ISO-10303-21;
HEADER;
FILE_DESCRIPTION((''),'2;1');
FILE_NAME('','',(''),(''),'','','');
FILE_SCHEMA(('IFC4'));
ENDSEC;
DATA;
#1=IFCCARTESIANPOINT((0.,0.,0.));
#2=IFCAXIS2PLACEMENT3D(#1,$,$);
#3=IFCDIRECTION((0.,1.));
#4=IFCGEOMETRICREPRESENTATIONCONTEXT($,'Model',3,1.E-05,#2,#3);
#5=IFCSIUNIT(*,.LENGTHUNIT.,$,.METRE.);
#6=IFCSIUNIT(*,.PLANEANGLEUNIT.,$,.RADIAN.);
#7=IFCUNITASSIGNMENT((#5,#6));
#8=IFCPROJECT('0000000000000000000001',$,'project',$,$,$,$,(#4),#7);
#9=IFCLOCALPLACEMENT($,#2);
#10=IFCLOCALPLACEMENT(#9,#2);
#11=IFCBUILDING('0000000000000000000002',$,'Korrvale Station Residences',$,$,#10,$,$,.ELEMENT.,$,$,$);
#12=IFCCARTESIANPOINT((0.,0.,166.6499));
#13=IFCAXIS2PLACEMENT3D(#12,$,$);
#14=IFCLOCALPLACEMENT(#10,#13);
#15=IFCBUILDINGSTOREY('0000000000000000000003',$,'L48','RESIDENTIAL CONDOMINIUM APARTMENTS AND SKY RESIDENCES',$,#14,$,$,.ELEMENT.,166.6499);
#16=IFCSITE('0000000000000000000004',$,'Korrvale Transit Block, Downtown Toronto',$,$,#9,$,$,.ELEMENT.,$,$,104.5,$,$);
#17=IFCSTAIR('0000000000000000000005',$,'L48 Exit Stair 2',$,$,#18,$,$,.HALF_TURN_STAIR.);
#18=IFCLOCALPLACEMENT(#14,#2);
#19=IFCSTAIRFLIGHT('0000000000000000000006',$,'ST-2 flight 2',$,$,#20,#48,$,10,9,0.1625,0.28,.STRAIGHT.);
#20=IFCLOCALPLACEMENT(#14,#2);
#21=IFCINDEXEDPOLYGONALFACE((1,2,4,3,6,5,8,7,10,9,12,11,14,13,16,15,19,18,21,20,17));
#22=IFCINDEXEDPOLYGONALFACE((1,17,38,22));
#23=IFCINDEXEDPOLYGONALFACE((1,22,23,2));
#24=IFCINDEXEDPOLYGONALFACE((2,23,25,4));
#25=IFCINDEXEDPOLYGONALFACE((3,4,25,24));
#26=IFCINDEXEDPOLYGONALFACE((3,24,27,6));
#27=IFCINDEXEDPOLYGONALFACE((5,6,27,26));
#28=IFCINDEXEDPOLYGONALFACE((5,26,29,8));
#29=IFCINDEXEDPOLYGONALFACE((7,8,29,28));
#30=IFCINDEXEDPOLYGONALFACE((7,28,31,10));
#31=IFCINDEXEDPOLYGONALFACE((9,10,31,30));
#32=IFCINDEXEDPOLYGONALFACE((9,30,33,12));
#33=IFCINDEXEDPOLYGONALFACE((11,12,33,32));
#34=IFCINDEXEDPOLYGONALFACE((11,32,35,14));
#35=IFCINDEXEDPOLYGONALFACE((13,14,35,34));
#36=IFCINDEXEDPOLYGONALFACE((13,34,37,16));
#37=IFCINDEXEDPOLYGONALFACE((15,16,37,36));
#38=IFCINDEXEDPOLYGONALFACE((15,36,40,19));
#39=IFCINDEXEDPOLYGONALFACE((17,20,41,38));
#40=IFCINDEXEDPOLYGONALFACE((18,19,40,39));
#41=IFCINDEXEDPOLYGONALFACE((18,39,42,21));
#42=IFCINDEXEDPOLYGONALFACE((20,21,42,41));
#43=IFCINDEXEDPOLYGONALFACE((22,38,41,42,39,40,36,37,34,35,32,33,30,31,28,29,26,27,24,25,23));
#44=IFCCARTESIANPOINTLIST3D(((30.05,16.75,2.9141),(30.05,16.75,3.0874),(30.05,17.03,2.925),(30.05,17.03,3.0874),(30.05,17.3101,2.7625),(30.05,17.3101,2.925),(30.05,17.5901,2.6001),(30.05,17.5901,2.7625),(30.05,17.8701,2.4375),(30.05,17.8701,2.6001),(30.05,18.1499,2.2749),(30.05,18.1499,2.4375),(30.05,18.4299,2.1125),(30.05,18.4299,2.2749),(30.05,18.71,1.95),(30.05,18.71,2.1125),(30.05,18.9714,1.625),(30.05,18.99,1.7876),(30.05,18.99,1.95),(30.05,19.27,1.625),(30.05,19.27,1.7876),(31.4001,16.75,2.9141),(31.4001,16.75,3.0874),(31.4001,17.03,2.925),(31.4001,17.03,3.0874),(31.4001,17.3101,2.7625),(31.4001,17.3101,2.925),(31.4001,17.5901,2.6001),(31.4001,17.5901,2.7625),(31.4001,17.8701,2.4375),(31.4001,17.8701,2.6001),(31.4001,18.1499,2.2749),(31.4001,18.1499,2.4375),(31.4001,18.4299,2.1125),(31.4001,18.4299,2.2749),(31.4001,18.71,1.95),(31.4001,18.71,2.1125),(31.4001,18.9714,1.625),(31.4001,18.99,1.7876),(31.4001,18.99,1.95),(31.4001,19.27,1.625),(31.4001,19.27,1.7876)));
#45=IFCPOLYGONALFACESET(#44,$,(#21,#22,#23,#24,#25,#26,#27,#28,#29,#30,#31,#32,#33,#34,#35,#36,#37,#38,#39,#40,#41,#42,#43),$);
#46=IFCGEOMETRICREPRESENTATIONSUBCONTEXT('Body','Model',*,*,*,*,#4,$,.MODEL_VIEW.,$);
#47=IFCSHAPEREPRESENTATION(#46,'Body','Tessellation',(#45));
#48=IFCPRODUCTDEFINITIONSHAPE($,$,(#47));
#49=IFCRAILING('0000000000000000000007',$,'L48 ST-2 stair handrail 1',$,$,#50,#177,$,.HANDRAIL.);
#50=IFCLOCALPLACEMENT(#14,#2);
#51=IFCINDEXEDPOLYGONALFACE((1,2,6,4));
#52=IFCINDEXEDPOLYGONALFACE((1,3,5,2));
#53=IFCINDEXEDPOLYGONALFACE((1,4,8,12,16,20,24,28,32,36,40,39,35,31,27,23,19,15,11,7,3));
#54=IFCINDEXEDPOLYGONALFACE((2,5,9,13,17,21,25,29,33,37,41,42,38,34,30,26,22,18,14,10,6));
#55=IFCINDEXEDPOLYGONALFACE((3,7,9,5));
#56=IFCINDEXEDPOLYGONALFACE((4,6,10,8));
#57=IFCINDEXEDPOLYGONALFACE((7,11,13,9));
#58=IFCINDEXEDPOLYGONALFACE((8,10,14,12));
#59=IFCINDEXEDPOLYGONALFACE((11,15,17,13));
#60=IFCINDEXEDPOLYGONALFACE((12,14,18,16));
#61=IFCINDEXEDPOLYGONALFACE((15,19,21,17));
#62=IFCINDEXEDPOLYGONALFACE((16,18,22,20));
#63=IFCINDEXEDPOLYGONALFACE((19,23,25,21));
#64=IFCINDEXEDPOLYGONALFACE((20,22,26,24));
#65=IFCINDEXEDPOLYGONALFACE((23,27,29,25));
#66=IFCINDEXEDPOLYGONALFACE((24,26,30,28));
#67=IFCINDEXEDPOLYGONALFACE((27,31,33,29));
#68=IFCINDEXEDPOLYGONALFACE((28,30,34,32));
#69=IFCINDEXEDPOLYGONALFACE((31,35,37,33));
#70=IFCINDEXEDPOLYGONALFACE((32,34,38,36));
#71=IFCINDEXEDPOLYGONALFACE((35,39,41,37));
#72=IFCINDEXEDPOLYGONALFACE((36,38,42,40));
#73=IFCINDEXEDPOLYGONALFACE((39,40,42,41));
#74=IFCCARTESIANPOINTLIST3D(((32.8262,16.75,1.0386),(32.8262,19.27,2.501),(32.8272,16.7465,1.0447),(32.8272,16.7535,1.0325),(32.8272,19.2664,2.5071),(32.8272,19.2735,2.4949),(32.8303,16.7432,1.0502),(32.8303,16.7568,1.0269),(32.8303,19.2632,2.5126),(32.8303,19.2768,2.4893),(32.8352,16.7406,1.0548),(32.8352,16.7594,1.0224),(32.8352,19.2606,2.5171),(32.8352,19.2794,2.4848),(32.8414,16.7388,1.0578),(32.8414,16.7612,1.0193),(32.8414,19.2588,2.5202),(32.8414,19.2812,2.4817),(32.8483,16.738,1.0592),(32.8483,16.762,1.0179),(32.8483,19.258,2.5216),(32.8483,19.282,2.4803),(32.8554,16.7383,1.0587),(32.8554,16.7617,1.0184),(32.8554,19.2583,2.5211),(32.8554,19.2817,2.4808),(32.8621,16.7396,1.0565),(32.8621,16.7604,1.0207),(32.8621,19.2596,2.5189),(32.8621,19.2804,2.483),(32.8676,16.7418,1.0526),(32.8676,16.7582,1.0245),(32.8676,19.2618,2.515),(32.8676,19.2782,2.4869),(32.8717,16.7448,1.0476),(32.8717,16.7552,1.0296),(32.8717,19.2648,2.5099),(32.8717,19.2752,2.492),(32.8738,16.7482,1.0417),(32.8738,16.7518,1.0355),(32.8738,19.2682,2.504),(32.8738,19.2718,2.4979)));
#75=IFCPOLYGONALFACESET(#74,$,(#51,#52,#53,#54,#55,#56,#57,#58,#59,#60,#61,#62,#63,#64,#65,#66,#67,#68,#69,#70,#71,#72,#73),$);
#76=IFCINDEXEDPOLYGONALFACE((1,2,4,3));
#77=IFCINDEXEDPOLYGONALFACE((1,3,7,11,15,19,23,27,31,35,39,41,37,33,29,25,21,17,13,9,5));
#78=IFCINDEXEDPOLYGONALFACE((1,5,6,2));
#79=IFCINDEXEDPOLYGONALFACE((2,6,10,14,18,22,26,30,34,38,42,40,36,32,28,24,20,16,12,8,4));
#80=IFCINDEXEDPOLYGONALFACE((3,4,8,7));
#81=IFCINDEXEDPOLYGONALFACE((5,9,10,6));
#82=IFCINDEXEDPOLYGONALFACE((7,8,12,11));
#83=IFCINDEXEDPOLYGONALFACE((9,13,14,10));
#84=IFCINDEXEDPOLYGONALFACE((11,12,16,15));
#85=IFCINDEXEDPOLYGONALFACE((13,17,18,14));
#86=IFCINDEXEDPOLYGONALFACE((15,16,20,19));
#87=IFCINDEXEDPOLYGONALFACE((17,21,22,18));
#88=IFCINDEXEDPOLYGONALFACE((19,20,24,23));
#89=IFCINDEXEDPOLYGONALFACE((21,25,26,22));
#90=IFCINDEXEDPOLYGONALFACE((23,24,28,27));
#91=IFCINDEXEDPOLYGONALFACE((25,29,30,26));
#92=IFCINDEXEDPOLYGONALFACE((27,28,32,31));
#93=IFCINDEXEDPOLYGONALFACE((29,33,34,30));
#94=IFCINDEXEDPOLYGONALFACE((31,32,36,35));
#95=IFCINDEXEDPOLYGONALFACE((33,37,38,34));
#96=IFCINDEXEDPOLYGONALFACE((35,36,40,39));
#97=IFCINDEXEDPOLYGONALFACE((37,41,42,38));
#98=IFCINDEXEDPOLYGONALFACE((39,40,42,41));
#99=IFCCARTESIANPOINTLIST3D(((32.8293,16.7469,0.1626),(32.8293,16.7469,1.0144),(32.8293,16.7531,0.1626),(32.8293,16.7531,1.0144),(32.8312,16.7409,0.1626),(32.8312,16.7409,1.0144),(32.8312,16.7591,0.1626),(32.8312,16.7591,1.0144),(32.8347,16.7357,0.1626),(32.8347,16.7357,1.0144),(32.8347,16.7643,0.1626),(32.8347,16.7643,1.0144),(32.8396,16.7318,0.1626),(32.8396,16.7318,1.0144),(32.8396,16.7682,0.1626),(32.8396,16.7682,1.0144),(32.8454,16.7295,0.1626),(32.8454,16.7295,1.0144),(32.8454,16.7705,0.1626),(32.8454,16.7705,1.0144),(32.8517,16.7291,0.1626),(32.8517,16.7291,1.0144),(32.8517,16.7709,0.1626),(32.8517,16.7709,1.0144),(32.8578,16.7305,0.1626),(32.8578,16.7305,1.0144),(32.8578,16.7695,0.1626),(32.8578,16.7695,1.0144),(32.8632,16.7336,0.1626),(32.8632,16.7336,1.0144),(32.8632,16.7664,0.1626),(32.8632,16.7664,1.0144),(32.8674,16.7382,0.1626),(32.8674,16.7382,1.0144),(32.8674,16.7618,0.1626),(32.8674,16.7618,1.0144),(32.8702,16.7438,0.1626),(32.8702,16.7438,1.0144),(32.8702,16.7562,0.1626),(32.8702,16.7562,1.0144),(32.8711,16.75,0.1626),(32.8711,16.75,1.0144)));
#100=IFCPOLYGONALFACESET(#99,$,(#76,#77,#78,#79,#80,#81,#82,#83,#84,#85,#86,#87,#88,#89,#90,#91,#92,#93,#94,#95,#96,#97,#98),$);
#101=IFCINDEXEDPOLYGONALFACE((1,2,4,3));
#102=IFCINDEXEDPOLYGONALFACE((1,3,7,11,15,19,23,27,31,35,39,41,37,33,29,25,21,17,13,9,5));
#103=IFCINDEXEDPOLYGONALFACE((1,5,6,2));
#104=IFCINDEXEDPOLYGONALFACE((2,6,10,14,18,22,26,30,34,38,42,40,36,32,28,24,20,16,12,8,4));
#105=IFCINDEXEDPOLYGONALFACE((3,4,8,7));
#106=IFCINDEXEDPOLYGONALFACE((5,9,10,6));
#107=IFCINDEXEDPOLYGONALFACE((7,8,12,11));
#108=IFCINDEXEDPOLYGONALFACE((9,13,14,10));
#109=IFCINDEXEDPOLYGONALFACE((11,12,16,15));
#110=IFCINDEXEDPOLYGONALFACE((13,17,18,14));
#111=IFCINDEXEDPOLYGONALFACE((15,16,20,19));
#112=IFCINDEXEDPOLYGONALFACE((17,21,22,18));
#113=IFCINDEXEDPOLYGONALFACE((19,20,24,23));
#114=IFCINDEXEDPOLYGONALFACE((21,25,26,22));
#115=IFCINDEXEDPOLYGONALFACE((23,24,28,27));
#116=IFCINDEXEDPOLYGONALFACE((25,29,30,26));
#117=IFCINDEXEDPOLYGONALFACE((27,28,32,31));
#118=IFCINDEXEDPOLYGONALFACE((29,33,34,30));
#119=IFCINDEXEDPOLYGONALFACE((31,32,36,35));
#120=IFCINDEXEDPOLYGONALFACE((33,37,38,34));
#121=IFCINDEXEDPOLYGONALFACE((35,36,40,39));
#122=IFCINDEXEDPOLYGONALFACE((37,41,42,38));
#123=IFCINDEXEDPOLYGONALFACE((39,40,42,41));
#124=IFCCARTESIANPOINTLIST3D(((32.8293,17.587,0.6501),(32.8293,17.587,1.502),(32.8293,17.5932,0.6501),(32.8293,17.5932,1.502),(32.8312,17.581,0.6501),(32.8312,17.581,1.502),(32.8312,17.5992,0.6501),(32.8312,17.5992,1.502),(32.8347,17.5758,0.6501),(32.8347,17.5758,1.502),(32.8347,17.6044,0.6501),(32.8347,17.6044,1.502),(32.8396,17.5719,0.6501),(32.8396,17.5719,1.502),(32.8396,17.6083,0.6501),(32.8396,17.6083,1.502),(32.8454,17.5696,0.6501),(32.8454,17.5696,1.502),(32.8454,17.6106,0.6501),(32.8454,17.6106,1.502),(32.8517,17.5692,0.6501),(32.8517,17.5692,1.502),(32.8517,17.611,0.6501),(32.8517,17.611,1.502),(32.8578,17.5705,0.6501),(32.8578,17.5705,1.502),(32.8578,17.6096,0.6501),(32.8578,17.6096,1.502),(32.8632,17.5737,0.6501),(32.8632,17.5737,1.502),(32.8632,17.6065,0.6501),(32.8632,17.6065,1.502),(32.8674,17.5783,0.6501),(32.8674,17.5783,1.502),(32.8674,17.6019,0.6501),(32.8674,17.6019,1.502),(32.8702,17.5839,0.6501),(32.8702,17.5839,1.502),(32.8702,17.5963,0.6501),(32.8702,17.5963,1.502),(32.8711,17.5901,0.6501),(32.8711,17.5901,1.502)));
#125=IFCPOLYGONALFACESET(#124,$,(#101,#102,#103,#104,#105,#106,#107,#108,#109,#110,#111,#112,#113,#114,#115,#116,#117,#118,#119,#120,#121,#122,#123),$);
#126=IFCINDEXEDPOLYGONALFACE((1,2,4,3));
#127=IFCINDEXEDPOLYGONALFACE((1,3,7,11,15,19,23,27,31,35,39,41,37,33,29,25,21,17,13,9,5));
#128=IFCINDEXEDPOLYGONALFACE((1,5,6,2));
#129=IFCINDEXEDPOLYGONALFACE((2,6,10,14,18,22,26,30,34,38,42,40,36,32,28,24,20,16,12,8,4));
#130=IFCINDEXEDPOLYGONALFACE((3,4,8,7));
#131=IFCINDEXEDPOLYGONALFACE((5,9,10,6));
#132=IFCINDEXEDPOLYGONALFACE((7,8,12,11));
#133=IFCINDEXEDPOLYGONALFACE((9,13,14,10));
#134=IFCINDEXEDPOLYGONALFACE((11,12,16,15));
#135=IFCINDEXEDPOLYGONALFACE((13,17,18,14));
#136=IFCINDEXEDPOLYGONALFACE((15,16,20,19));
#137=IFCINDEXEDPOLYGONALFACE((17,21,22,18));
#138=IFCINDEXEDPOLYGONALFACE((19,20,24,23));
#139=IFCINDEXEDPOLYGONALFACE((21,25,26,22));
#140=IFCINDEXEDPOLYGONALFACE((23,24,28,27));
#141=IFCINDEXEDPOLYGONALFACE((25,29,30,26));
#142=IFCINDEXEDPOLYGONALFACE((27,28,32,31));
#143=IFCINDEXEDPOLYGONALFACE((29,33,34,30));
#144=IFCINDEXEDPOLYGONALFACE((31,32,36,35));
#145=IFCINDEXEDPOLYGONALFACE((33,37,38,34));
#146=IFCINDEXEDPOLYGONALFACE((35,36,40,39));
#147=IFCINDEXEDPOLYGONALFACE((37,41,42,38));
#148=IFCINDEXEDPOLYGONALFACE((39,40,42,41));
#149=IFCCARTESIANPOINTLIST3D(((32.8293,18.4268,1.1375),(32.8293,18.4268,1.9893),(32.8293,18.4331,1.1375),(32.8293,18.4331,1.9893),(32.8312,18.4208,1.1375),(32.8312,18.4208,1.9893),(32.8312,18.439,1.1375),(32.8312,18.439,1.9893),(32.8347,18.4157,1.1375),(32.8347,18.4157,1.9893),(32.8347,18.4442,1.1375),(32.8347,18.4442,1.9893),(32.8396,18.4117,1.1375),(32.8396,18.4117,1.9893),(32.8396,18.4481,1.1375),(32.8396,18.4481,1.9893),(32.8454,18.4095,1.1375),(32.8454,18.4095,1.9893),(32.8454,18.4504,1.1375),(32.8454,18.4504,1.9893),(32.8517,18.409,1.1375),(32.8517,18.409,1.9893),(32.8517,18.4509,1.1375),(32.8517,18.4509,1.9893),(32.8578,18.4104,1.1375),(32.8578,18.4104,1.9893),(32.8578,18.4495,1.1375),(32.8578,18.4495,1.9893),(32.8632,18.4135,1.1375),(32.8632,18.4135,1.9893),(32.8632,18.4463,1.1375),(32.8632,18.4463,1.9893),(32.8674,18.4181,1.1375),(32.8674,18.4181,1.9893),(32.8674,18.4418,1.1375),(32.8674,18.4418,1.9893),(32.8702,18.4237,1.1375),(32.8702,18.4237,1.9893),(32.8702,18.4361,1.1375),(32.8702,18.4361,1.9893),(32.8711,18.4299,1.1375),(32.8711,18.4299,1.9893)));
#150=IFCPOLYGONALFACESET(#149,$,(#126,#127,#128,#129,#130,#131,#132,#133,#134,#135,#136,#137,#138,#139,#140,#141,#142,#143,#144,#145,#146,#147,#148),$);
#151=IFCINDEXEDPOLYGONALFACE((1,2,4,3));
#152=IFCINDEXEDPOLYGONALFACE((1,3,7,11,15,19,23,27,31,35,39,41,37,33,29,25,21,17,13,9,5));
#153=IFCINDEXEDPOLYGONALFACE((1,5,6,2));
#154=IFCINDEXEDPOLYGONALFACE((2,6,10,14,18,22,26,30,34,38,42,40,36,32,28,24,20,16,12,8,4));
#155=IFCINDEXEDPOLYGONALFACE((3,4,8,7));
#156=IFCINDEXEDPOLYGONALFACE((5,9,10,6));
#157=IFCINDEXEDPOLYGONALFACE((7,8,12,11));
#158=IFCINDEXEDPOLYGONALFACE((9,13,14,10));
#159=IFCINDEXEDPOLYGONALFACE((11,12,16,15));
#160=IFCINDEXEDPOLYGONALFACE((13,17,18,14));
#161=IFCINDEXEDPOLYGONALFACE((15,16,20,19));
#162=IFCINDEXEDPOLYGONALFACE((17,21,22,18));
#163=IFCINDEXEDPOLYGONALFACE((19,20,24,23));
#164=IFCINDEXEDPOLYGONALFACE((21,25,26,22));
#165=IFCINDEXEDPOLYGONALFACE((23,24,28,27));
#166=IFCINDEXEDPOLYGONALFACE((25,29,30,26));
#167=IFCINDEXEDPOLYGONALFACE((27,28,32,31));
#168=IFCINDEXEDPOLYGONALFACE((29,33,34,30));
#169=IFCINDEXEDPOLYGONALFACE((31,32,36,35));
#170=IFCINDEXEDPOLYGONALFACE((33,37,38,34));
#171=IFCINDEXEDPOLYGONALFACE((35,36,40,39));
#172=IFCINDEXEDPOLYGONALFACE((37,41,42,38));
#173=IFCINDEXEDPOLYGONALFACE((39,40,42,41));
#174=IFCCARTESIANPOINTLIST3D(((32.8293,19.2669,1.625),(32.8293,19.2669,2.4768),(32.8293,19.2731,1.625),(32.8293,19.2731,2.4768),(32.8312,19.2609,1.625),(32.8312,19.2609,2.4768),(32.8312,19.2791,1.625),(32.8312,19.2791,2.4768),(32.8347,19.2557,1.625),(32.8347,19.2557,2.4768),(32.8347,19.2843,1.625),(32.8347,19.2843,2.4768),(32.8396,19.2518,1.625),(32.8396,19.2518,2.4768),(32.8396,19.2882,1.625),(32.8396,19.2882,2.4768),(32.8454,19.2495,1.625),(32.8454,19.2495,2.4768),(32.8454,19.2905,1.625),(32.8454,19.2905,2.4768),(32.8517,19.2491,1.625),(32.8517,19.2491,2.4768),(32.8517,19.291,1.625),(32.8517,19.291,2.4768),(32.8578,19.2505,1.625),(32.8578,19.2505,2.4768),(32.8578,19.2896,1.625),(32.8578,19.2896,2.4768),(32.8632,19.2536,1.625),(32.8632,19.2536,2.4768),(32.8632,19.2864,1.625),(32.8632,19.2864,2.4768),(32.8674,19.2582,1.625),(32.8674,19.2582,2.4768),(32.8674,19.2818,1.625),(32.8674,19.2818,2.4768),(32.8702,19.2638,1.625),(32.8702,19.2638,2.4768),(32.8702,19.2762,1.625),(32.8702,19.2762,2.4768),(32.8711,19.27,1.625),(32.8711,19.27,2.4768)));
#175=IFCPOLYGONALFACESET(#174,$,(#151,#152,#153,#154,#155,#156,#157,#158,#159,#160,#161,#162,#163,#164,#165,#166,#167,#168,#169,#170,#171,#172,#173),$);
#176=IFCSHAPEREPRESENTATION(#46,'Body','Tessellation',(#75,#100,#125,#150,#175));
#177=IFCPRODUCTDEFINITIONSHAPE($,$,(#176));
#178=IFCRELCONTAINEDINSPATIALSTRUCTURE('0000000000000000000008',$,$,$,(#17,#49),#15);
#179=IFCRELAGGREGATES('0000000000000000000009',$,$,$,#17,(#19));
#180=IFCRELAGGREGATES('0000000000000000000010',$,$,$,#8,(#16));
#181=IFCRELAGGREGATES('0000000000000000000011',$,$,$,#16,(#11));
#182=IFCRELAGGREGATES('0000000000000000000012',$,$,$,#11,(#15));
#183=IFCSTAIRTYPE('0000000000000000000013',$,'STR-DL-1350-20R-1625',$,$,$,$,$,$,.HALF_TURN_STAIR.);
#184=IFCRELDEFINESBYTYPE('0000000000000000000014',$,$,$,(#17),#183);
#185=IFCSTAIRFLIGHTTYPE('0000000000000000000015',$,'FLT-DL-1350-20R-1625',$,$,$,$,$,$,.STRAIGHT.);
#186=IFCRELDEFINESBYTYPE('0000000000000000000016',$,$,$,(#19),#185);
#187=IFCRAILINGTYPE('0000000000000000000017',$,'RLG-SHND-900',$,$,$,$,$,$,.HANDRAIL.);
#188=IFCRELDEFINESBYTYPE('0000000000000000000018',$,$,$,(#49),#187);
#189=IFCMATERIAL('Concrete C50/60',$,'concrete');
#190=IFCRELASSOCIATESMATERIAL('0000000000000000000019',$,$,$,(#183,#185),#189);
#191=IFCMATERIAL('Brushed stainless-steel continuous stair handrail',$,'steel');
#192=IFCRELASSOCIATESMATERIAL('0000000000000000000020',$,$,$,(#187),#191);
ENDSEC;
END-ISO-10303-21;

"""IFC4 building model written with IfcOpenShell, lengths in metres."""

from ifc_helpers import new_model, si_unit, direction, frame, origin, origin_2d, place, context, subcontext, project, spatial, polyline, circle, outline, extrude, material, type_object, element, aggregate, save


model = new_model("IFC4")

# Units and contexts
model_context = context("Model", 3, precision=1e-05, world=origin(), true_north=direction((0.0, 1.0)))
body_context = subcontext(model_context, "Body", "Model", "MODEL_VIEW")
ifc_project = project(units=[si_unit("LENGTHUNIT", "METRE"), si_unit("PLANEANGLEUNIT", "RADIAN")], contexts=[model_context])

# Site, building, storey
site_placement = place(None, origin())
site = spatial("IfcSite", under=ifc_project, at=site_placement, Name="Korrvale Transit Block, Downtown Toronto", CompositionType="ELEMENT", RefElevation=104.5)
building_placement = place(site_placement, origin())
building = spatial("IfcBuilding", under=site, at=building_placement, Name="Korrvale Station Residences", CompositionType="ELEMENT")
storey_placement = place(building_placement, frame((0.0, 0.0, 166.6499)))
storey = spatial("IfcBuildingStorey", under=building, at=storey_placement, Name="L48", Description="RESIDENTIAL CONDOMINIUM APARTMENTS AND SKY RESIDENCES", CompositionType="ELEMENT", Elevation=166.6499)

# Stair, stair flight
ifc_material_1 = material(Name="Concrete C50/60", Category="concrete")
stair_type = type_object("IfcStairType", Name="STR-DL-1350-20R-1625", PredefinedType="HALF_TURN_STAIR", material=ifc_material_1)
stair_placement = place(storey_placement, origin())
stair = element("IfcStair", 1, at=stair_placement, inside=storey, type_object=stair_type, Name="L48 Exit Stair 2", PredefinedType="HALF_TURN_STAIR")
stair_flight_type = type_object("IfcStairFlightType", Name="FLT-DL-1350-20R-1625", PredefinedType="STRAIGHT", material=ifc_material_1)
stair_flight_1_placement = place(storey_placement, frame((30.7251, 19.27, 1.625), z_axis=(0.0, 0.0, 1.0), x_axis=(0.0, -1.0, 0.0)))
stair_flight_1 = element("IfcStairFlight", 2, at=stair_flight_1_placement, type_object=stair_flight_type, Name="ST-2 flight 2", NumberOfRisers=10, NumberOfTreads=9, PredefinedType="STRAIGHT", RiserHeight=0.1625, TreadLength=0.28, context=body_context, shape_type="SweptSolid", body=[
    extrude(outline(polyline([(0.0, 0.0), (0.0, 0.1626), (0.28, 0.1626), (0.28, 0.325), (0.5601, 0.325), (0.5601, 0.4875), (0.8401, 0.4875), (0.8401, 0.6499), (1.1201, 0.6499), (1.1201, 0.8125), (1.3999, 0.8125), (1.3999, 0.9751), (1.6799, 0.9751), (1.6799, 1.1375), (1.96, 1.1375), (1.96, 1.3), (2.24, 1.3), (2.24, 1.4624), (2.52, 1.4624), (2.52, 1.625), (2.52, 1.2891), (0.2986, 0.0), (0.0, 0.0)])), frame((0.0, 0.675, 0.0), z_axis=(0.0, -1.0, 0.0), x_axis=(1.0, 0.0, 0.0)), (0.0, 0.0, 1.0), 1.3501),
])
aggregate(stair, [stair_flight_1])

# Railing
ifc_material_2 = material(Name="Brushed stainless-steel continuous stair handrail", Category="steel")
railing_type_1 = type_object("IfcRailingType", Name="RLG-SHND-900", PredefinedType="HANDRAIL", material=ifc_material_2)
railing_1_placement = place(storey_placement, frame((32.8501, 16.75, 0.1626)))
element("IfcRailing", 3, at=railing_1_placement, inside=storey, type_object=railing_type_1, Name="L48 ST-2 stair handrail 1", PredefinedType="HANDRAIL", context=body_context, shape_type="SweptSolid", body=[
    extrude(circle(Radius=0.0239, at=origin_2d()), frame((0.0, 0.0, 0.876), z_axis=(0.0, 0.864913, 0.501921), x_axis=(-1.0, 0.0, 0.0)), (0.0, 0.0, 1.0), 2.9136),
    extrude(circle(Radius=0.021, at=origin_2d()), origin(), (0.0, 0.0, 1.0), 0.8518),
    extrude(circle(Radius=0.021, at=origin_2d()), frame((0.0, 0.8401, 0.4875)), (0.0, 0.0, 1.0), 0.8518),
    extrude(circle(Radius=0.021, at=origin_2d()), frame((0.0, 1.6799, 0.9749)), (0.0, 0.0, 1.0), 0.8518),
    extrude(circle(Radius=0.021, at=origin_2d()), frame((0.0, 2.52, 1.4624)), (0.0, 0.0, 1.0), 0.8518),
])

save(model, "model.ifc")
